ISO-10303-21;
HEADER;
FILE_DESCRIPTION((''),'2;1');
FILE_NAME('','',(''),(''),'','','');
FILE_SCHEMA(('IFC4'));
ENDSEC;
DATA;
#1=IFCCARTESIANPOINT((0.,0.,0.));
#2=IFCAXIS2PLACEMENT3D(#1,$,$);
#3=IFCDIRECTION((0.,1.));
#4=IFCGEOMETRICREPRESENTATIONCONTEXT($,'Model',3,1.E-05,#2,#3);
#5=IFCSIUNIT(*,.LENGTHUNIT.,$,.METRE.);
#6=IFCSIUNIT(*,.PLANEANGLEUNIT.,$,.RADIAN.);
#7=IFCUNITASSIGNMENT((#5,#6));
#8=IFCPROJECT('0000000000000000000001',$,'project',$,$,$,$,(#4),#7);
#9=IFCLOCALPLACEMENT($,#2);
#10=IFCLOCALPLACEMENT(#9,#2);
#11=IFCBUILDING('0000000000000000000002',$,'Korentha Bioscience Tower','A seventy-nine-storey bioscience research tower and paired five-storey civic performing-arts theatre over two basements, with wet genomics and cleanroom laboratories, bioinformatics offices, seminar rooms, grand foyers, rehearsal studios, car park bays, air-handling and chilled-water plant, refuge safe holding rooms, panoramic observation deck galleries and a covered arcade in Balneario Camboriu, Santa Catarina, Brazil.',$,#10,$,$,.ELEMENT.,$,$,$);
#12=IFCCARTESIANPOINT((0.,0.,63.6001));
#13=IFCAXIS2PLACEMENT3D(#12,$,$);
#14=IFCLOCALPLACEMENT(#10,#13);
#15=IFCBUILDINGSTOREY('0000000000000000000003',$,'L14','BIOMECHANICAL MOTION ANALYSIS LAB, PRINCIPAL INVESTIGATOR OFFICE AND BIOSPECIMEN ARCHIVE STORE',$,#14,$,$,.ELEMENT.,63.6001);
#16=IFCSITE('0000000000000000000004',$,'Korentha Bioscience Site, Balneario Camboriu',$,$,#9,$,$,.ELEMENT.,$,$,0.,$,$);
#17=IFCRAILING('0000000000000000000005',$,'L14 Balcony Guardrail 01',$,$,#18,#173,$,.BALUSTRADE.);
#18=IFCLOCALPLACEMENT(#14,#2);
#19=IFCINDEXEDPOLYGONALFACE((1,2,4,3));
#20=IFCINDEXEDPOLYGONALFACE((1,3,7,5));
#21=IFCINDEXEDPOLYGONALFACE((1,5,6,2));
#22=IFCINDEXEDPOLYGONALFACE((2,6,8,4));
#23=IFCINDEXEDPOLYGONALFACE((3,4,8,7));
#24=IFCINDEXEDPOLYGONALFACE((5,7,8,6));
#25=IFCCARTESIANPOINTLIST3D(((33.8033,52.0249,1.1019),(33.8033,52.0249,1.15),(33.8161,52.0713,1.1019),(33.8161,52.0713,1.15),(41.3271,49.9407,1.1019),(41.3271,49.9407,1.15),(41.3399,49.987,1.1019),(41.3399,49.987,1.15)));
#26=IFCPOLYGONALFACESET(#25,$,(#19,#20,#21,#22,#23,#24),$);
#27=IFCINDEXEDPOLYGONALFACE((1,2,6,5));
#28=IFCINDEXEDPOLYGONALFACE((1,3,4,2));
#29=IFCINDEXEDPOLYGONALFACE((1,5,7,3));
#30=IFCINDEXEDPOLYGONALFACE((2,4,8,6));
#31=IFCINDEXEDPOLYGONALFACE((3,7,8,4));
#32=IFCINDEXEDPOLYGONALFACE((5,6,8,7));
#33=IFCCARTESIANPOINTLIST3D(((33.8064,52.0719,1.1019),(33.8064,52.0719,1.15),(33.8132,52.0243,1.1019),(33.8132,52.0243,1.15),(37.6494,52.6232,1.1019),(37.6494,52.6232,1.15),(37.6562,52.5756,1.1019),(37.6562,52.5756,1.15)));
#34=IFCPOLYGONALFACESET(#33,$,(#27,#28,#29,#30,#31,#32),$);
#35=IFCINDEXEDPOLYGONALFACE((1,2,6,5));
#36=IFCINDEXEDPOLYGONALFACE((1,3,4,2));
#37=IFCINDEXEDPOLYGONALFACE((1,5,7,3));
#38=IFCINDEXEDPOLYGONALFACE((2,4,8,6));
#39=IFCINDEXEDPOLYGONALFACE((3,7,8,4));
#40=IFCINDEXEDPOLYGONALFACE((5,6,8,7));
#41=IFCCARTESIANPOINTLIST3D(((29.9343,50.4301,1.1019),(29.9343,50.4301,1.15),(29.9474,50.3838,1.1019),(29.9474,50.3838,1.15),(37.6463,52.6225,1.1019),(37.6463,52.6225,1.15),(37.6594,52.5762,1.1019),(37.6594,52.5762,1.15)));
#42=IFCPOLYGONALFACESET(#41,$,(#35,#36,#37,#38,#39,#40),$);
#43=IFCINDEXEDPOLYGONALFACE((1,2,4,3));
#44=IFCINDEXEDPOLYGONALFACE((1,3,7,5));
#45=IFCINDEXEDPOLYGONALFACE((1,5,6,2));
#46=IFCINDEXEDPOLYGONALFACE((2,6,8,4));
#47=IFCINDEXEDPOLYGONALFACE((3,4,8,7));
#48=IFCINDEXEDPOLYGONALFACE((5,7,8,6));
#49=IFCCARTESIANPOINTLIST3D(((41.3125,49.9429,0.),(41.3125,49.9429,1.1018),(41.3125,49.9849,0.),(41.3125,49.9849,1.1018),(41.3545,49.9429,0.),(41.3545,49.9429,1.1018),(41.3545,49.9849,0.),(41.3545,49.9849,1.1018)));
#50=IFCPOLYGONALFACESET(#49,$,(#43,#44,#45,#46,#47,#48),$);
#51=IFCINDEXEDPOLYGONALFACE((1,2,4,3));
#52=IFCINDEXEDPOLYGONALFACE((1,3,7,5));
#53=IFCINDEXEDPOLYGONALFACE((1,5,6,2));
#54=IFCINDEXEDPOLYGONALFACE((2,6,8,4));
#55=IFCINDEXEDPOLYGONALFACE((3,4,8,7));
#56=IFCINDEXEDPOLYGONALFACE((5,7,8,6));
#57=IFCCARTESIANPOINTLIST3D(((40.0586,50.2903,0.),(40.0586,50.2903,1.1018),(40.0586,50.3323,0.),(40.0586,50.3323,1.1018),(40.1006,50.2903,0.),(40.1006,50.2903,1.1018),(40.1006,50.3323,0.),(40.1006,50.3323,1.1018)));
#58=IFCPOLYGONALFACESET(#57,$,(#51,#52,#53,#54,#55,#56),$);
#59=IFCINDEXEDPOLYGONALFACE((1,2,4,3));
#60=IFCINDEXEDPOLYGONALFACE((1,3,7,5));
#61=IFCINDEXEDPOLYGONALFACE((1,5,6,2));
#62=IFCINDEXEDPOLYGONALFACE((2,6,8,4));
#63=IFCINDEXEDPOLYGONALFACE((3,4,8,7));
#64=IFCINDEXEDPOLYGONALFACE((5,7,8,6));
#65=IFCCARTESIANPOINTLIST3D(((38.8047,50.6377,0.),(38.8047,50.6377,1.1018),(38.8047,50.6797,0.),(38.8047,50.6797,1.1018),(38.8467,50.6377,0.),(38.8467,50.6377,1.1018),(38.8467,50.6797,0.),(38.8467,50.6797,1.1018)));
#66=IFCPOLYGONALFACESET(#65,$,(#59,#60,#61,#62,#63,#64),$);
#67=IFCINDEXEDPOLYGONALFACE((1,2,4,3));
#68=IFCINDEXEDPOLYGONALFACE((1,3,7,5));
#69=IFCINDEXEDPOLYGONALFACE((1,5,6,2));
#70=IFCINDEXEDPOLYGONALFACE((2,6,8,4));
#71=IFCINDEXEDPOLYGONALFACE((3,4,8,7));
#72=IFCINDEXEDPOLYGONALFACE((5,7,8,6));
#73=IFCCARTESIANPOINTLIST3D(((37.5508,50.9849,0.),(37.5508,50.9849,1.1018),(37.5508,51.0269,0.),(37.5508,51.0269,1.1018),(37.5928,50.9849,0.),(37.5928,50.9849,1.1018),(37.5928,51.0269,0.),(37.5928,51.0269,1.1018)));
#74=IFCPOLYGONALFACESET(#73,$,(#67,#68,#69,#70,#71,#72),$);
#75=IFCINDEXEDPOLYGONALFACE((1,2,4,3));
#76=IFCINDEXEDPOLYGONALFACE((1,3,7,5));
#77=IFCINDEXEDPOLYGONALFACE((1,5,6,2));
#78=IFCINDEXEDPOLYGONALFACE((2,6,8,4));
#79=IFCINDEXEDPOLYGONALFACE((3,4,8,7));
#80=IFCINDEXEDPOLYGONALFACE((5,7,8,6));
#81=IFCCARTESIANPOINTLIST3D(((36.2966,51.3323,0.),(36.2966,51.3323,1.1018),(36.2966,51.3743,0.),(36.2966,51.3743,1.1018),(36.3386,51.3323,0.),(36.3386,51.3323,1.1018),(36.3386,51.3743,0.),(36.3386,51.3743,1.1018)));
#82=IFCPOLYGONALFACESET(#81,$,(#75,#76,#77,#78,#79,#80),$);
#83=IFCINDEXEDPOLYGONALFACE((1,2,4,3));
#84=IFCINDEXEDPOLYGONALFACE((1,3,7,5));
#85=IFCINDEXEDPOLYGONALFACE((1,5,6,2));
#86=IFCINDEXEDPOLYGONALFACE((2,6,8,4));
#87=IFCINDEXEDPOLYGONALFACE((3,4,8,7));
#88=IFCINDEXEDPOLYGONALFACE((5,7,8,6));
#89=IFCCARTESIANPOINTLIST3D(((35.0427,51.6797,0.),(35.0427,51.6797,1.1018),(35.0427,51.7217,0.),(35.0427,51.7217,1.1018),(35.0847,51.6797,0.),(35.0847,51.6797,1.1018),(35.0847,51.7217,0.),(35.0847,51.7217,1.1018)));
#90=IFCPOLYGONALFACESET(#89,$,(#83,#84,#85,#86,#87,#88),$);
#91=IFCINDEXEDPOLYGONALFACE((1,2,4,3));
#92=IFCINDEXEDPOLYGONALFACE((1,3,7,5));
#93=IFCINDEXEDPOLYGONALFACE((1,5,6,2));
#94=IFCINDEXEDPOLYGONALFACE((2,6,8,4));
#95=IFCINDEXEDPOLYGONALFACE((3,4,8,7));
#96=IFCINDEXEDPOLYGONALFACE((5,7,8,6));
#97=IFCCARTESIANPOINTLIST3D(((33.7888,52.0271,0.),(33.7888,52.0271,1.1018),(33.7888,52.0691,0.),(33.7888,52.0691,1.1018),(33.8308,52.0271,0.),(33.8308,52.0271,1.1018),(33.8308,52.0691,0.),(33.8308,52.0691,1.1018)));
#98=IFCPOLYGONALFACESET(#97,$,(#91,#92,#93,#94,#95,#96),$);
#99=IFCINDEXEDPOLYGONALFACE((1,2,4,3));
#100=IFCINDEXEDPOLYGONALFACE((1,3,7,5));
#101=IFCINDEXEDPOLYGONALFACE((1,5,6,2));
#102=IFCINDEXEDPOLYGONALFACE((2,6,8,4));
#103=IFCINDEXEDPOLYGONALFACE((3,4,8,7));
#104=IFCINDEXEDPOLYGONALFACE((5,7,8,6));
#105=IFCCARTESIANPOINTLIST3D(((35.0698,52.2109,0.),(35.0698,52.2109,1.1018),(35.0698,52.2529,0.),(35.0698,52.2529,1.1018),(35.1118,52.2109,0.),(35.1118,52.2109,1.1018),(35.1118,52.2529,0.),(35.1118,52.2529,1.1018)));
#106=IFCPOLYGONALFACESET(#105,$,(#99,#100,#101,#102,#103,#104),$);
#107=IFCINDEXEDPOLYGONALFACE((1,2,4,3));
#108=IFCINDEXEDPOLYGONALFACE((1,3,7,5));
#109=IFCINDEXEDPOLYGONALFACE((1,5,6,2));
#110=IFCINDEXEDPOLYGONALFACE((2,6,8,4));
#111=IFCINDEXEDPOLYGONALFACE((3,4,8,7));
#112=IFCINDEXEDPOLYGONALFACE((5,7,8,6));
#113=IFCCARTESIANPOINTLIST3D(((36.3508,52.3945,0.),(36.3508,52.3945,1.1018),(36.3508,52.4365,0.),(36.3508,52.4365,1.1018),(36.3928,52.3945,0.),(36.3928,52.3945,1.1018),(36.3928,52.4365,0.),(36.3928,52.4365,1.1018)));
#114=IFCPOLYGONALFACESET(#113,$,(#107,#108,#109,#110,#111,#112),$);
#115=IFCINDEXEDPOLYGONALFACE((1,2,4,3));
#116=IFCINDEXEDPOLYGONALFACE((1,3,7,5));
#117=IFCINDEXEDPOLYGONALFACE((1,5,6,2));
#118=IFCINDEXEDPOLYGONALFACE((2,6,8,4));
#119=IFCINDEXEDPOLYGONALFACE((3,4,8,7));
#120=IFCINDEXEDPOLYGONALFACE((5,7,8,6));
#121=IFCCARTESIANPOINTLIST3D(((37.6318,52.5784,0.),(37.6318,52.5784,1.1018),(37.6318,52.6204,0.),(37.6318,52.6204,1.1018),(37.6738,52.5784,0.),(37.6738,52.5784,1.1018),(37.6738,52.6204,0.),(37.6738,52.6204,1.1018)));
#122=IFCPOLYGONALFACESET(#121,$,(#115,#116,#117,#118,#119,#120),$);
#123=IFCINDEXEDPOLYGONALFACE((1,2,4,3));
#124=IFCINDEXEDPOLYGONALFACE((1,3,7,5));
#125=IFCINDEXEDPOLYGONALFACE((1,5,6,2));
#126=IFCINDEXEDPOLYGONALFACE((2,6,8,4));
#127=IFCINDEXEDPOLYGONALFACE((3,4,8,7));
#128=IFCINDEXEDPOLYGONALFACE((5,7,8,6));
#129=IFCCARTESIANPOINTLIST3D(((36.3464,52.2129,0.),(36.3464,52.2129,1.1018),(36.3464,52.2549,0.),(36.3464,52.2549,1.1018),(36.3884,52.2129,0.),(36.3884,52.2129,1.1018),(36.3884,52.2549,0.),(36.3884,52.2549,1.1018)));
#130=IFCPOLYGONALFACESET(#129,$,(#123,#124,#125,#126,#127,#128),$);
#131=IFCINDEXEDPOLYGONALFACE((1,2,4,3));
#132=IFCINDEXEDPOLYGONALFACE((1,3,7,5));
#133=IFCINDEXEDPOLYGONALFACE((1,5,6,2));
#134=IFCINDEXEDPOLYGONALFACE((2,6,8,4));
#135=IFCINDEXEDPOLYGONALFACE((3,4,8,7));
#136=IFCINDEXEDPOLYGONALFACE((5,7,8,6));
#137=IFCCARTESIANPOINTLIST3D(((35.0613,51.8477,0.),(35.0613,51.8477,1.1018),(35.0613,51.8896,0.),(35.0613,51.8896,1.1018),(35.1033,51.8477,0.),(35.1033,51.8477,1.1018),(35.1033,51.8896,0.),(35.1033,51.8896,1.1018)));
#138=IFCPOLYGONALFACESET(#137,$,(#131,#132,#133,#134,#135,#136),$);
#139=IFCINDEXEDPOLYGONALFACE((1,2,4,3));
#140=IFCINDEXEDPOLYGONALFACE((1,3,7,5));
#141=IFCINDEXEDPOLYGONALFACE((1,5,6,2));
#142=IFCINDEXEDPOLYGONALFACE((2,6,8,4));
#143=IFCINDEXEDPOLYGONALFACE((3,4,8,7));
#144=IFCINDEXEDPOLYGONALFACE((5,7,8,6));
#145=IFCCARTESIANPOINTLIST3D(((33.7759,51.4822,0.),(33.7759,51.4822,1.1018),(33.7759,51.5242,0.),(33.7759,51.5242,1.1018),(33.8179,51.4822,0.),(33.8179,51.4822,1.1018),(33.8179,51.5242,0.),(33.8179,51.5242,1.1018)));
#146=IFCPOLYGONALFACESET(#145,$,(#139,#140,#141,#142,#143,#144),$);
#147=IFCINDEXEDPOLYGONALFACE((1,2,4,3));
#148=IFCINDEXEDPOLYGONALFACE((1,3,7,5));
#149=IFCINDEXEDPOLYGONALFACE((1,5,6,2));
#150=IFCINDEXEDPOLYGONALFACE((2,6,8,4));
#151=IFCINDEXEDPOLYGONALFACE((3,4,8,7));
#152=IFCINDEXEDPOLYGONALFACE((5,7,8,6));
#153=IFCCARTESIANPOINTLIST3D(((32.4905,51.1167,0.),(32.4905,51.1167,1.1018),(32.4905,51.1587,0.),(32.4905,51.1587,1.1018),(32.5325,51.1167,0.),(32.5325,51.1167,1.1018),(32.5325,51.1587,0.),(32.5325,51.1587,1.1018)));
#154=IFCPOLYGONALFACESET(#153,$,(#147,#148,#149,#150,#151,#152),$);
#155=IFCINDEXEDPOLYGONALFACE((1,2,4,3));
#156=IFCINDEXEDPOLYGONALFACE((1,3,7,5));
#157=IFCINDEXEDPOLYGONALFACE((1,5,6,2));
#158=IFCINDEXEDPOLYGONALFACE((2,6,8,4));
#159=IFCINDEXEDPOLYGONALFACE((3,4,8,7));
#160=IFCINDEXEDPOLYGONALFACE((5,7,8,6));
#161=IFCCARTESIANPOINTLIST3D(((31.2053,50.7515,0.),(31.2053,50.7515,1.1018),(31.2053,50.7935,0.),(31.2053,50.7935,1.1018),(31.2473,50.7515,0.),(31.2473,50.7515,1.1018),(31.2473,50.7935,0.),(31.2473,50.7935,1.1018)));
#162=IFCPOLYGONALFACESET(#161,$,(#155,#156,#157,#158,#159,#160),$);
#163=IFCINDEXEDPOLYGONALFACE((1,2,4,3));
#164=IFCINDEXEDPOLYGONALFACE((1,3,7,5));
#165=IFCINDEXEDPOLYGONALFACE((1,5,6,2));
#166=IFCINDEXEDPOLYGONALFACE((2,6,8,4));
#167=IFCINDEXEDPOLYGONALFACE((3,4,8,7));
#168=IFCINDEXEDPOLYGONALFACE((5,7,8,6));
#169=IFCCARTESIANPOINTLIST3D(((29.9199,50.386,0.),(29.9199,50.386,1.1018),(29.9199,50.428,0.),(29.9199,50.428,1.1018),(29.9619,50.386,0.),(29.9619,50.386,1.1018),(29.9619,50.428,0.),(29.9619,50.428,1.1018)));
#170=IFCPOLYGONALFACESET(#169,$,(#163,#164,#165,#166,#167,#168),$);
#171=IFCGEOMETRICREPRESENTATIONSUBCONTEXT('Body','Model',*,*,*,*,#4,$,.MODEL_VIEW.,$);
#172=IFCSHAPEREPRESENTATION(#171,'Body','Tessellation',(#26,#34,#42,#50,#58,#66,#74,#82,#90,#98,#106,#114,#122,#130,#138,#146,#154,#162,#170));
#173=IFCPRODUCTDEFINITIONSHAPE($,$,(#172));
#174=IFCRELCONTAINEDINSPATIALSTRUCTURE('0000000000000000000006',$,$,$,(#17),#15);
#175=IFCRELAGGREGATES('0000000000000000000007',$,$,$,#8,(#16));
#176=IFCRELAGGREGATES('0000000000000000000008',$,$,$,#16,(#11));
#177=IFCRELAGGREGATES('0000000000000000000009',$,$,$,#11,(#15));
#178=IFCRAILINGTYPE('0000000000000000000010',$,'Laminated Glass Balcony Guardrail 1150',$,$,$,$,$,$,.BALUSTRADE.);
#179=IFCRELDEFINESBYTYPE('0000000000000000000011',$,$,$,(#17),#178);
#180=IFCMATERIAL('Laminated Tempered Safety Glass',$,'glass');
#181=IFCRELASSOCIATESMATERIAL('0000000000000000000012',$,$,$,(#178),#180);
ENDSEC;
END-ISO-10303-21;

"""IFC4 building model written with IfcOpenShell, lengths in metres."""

from ifc_helpers import new_model, si_unit, direction, frame, origin, origin_2d, place, context, subcontext, project, spatial, rectangle, extrude, material, type_object, element, save


model = new_model("IFC4")

# Units and contexts
model_context = context("Model", 3, precision=1e-05, world=origin(), true_north=direction((0.0, 1.0)))
body_context = subcontext(model_context, "Body", "Model", "MODEL_VIEW")
ifc_project = project(units=[si_unit("LENGTHUNIT", "METRE"), si_unit("PLANEANGLEUNIT", "RADIAN")], contexts=[model_context])

# Site, building, storey
site_placement = place(None, origin())
site = spatial("IfcSite", under=ifc_project, at=site_placement, Name="Korentha Bioscience Site, Balneario Camboriu", CompositionType="ELEMENT", RefElevation=0.0)
building_placement = place(site_placement, origin())
building = spatial("IfcBuilding", under=site, at=building_placement, Name="Korentha Bioscience Tower", Description="A seventy-nine-storey bioscience research tower and paired five-storey civic performing-arts theatre over two basements, with wet genomics and cleanroom laboratories, bioinformatics offices, seminar rooms, grand foyers, rehearsal studios, car park bays, air-handling and chilled-water plant, refuge safe holding rooms, panoramic observation deck galleries and a covered arcade in Balneario Camboriu, Santa Catarina, Brazil.", CompositionType="ELEMENT")
storey_placement = place(building_placement, frame((0.0, 0.0, 63.6001)))
storey = spatial("IfcBuildingStorey", under=building, at=storey_placement, Name="L14", Description="BIOMECHANICAL MOTION ANALYSIS LAB, PRINCIPAL INVESTIGATOR OFFICE AND BIOSPECIMEN ARCHIVE STORE", CompositionType="ELEMENT", Elevation=63.6001)

# Railing
ifc_material_1 = material(Name="Laminated Tempered Safety Glass", Category="glass")
railing_type = type_object("IfcRailingType", Name="Laminated Glass Balcony Guardrail 1150", PredefinedType="BALUSTRADE", material=ifc_material_1)
railing_placement = place(storey_placement, frame((41.3335, 49.9639, 0.0)))
element("IfcRailing", 1, at=railing_placement, inside=storey, type_object=railing_type, Name="L14 Balcony Guardrail 01", PredefinedType="BALUSTRADE", context=body_context, shape_type="SweptSolid", body=[
    extrude(rectangle(XDim=0.0481, YDim=0.0481, at=origin_2d()), frame((0.0, 0.0, 1.126), z_axis=(-0.963705, 0.266968, 0.0), x_axis=(-0.266968, -0.963705, 0.0)), (0.0, 0.0, 1.0), 7.8071),
    extrude(rectangle(XDim=0.0481, YDim=0.0481, at=origin_2d()), frame((-7.5237, 2.0842, 1.126), z_axis=(0.989868, 0.141994, 0.0), x_axis=(-0.141994, 0.989868, 0.0)), (0.0, 0.0, 1.0), 3.8823),
    extrude(rectangle(XDim=0.0481, YDim=0.0481, at=origin_2d()), frame((-3.6807, 2.6355, 1.126), z_axis=(-0.961886, -0.27345, 0.0), x_axis=(0.27345, -0.961886, 0.0)), (0.0, 0.0, 1.0), 8.0176),
    extrude(rectangle(XDim=0.042, YDim=0.042, at=origin_2d()), origin(), (0.0, 0.0, 1.0), 1.1018),
    extrude(rectangle(XDim=0.042, YDim=0.042, at=origin_2d()), frame((-1.2539, 0.3474, 0.0)), (0.0, 0.0, 1.0), 1.1018),
    extrude(rectangle(XDim=0.042, YDim=0.042, at=origin_2d()), frame((-2.5078, 0.6948, 0.0)), (0.0, 0.0, 1.0), 1.1018),
    extrude(rectangle(XDim=0.042, YDim=0.042, at=origin_2d()), frame((-3.7617, 1.042, 0.0)), (0.0, 0.0, 1.0), 1.1018),
    extrude(rectangle(XDim=0.042, YDim=0.042, at=origin_2d()), frame((-5.0159, 1.3894, 0.0)), (0.0, 0.0, 1.0), 1.1018),
    extrude(rectangle(XDim=0.042, YDim=0.042, at=origin_2d()), frame((-6.2698, 1.7368, 0.0)), (0.0, 0.0, 1.0), 1.1018),
    extrude(rectangle(XDim=0.042, YDim=0.042, at=origin_2d()), frame((-7.5237, 2.0842, 0.0)), (0.0, 0.0, 1.0), 1.1018),
    extrude(rectangle(XDim=0.042, YDim=0.042, at=origin_2d()), frame((-6.2427, 2.2681, 0.0)), (0.0, 0.0, 1.0), 1.1018),
    extrude(rectangle(XDim=0.042, YDim=0.042, at=origin_2d()), frame((-4.9617, 2.4517, 0.0)), (0.0, 0.0, 1.0), 1.1018),
    extrude(rectangle(XDim=0.042, YDim=0.042, at=origin_2d()), frame((-3.6807, 2.6355, 0.0)), (0.0, 0.0, 1.0), 1.1018),
    extrude(rectangle(XDim=0.042, YDim=0.042, at=origin_2d()), frame((-4.9661, 2.27, 0.0)), (0.0, 0.0, 1.0), 1.1018),
    extrude(rectangle(XDim=0.042, YDim=0.042, at=origin_2d()), frame((-6.2512, 1.9048, 0.0)), (0.0, 0.0, 1.0), 1.1018),
    extrude(rectangle(XDim=0.042, YDim=0.042, at=origin_2d()), frame((-7.5366, 1.5393, 0.0)), (0.0, 0.0, 1.0), 1.1018),
    extrude(rectangle(XDim=0.042, YDim=0.042, at=origin_2d()), frame((-8.822, 1.1738, 0.0)), (0.0, 0.0, 1.0), 1.1018),
    extrude(rectangle(XDim=0.042, YDim=0.042, at=origin_2d()), frame((-10.1072, 0.8086, 0.0)), (0.0, 0.0, 1.0), 1.1018),
    extrude(rectangle(XDim=0.042, YDim=0.042, at=origin_2d()), frame((-11.3926, 0.4431, 0.0)), (0.0, 0.0, 1.0), 1.1018),
])

save(model, "model.ifc")
